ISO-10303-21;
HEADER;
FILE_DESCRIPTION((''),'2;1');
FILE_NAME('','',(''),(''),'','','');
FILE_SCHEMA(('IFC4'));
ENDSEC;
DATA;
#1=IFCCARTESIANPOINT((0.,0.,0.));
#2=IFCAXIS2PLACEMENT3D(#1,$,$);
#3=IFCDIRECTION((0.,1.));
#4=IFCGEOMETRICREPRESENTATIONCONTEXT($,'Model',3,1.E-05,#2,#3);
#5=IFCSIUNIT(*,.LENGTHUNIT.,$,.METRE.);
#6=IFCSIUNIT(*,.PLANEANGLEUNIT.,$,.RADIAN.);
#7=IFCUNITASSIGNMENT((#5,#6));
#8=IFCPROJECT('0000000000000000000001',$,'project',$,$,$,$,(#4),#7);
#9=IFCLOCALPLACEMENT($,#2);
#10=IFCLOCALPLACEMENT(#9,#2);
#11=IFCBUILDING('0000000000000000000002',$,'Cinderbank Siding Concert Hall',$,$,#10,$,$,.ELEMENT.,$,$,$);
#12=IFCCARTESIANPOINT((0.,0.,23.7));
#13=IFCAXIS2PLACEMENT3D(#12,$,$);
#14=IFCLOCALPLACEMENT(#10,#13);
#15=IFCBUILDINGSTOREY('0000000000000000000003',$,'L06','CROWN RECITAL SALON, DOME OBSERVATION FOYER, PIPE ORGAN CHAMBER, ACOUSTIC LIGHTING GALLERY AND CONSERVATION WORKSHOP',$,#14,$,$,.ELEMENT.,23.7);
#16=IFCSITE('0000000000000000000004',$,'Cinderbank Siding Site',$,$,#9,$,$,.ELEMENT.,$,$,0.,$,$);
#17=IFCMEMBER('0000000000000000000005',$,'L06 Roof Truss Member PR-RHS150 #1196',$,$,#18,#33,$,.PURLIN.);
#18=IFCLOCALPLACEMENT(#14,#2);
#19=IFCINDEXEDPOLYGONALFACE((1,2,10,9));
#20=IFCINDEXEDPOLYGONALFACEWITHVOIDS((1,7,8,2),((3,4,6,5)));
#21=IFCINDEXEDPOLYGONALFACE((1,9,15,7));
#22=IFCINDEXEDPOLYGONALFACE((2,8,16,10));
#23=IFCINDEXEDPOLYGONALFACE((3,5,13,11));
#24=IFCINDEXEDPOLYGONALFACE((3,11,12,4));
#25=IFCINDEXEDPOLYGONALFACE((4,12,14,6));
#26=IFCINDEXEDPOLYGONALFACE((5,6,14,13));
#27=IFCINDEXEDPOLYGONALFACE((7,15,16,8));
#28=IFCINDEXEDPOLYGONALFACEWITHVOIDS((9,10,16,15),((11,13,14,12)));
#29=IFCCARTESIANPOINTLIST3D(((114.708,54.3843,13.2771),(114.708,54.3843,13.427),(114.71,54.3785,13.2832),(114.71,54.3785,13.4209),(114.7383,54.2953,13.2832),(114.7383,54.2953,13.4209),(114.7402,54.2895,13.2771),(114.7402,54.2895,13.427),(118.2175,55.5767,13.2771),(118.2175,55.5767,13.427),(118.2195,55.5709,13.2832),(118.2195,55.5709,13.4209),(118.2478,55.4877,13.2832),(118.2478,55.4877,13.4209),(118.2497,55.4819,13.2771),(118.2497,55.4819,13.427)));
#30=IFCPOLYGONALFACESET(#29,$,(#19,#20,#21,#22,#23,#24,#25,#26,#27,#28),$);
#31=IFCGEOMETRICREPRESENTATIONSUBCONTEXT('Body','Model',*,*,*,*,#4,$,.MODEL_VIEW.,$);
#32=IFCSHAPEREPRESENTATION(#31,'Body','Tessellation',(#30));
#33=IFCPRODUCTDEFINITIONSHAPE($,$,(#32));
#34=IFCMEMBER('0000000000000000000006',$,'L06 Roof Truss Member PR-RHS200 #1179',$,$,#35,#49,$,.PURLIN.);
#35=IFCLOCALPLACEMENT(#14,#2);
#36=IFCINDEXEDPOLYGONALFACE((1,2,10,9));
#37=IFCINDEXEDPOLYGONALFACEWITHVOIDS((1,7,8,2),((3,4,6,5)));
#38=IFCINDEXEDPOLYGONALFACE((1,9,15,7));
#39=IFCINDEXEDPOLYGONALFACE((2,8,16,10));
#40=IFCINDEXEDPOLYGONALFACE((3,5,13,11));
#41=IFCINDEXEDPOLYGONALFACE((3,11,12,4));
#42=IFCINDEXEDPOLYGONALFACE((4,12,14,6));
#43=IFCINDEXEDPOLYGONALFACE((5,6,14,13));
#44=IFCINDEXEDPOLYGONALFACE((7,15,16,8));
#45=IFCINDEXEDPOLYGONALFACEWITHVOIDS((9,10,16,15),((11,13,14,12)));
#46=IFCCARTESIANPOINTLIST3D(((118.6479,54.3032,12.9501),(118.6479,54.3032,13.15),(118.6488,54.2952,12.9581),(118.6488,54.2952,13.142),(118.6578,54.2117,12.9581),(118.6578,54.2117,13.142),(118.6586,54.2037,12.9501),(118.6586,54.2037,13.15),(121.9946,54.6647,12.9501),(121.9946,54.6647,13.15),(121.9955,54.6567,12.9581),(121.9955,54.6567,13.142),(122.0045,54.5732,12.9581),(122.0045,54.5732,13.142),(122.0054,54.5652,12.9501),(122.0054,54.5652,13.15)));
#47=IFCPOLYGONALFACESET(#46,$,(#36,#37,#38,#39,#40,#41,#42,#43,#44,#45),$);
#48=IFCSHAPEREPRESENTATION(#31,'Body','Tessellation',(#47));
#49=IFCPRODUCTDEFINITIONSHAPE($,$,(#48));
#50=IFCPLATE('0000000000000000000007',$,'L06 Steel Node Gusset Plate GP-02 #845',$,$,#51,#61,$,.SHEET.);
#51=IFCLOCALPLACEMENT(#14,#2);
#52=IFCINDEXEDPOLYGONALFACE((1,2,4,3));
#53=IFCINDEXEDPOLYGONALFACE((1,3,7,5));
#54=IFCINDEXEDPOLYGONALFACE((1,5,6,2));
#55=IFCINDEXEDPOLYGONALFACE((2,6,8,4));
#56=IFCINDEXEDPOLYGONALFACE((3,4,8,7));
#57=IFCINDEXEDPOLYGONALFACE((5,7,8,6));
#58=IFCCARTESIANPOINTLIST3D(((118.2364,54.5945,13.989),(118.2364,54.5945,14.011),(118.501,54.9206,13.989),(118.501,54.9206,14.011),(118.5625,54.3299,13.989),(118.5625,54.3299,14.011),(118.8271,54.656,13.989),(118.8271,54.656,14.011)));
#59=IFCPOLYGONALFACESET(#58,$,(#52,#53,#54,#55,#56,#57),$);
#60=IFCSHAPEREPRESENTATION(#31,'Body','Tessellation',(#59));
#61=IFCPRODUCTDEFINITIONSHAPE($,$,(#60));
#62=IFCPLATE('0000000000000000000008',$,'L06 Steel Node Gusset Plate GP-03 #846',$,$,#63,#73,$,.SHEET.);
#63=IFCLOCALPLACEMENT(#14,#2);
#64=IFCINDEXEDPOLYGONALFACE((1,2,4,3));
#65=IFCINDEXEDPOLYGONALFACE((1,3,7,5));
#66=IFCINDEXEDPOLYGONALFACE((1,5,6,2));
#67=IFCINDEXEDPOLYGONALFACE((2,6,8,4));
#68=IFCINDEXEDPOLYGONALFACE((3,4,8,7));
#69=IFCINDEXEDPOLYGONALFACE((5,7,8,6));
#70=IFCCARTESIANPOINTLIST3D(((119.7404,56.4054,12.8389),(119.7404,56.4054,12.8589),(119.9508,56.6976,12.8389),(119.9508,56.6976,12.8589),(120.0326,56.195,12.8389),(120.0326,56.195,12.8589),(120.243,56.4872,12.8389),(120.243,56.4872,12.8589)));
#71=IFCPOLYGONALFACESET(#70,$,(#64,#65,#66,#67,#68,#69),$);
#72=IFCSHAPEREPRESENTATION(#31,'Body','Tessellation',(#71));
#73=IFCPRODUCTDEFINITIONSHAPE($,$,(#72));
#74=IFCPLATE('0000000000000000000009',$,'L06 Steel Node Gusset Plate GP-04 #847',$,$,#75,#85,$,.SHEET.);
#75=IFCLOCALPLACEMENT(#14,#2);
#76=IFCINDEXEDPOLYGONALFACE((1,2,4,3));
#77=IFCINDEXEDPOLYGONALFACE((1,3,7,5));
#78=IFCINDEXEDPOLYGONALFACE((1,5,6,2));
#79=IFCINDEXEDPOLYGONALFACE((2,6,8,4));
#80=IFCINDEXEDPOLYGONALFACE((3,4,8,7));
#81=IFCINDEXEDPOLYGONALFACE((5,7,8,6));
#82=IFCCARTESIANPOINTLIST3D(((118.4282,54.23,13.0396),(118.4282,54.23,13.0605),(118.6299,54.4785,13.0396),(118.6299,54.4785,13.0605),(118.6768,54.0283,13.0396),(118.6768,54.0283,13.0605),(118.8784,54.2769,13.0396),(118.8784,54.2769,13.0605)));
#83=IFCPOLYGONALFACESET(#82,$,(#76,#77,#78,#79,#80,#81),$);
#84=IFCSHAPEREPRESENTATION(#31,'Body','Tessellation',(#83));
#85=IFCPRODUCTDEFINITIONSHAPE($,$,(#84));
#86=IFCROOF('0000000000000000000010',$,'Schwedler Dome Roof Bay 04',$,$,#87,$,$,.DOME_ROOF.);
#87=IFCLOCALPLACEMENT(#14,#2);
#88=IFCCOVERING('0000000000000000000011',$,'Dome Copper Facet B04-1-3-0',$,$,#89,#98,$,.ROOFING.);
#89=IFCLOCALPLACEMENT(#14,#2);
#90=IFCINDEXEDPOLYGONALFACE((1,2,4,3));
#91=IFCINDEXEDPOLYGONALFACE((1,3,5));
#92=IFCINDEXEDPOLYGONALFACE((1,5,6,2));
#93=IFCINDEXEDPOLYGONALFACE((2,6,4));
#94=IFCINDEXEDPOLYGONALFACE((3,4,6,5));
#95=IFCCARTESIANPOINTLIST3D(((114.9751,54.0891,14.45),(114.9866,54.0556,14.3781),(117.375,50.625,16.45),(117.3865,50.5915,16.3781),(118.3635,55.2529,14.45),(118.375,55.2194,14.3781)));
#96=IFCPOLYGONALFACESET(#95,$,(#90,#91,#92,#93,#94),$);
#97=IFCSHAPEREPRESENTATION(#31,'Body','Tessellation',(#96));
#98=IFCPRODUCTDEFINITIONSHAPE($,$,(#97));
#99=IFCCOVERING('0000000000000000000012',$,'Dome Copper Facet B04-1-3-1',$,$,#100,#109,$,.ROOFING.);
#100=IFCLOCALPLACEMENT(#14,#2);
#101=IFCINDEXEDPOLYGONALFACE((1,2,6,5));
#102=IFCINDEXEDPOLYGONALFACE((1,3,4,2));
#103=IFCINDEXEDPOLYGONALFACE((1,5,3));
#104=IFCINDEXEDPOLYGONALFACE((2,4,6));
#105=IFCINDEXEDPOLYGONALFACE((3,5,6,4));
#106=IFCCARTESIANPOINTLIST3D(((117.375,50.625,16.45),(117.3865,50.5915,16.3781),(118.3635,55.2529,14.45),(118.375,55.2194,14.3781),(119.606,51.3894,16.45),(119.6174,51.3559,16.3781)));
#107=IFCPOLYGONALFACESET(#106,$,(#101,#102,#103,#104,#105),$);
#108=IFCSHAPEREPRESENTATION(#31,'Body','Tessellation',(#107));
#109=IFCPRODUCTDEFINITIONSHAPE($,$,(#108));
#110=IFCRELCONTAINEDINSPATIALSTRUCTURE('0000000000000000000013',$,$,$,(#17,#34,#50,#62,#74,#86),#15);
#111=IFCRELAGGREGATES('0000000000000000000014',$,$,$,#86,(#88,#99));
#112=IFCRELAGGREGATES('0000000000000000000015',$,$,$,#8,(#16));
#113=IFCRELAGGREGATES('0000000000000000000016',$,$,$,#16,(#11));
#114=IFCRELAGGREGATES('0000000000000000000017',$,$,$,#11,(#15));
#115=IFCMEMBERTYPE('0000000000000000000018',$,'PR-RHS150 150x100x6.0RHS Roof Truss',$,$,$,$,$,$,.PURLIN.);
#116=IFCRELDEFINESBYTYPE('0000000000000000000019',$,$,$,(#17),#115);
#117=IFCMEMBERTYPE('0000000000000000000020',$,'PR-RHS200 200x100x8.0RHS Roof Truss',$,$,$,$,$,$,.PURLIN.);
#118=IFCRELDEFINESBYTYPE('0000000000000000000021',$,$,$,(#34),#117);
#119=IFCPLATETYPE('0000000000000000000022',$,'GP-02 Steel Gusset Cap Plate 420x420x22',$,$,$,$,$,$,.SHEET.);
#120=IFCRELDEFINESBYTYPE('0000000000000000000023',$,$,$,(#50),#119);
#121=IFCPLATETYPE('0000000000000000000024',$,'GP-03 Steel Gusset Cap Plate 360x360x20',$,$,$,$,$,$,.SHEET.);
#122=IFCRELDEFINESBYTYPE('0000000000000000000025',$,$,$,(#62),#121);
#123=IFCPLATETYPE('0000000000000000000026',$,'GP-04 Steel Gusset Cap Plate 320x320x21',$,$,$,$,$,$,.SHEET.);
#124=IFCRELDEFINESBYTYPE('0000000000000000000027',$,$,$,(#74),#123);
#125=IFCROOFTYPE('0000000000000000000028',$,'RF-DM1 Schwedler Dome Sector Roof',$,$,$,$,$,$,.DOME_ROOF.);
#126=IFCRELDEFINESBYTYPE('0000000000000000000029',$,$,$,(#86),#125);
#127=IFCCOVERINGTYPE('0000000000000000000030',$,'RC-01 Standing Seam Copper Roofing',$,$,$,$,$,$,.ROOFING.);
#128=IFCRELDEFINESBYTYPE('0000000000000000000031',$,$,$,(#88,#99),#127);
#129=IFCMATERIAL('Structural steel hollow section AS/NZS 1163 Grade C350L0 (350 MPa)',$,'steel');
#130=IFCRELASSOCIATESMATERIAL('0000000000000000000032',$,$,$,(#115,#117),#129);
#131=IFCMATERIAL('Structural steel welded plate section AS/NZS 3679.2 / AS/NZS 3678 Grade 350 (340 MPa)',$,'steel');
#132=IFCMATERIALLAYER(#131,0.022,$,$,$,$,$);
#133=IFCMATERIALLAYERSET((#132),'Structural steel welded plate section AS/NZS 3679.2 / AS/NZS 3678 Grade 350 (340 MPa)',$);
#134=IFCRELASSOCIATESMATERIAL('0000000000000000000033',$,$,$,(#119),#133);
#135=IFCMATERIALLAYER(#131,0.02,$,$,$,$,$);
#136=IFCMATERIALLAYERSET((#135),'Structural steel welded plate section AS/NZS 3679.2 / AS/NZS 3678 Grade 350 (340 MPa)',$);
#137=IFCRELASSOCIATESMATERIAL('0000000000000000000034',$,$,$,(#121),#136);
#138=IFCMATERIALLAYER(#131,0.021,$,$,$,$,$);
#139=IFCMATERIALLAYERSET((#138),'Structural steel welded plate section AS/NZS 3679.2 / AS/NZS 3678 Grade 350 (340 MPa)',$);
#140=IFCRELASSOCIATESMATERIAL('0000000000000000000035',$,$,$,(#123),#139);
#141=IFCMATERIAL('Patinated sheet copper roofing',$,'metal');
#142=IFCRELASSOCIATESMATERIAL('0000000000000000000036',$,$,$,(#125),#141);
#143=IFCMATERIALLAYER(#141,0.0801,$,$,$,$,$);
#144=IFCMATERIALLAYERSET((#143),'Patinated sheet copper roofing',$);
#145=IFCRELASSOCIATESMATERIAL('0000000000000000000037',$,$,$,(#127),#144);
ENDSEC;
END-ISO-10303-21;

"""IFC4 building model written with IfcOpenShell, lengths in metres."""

from ifc_helpers import new_model, si_unit, direction, frame, origin, origin_2d, place, context, subcontext, project, spatial, polyline, rectangle, hollow_rectangle, outline, extrude, material, layer, layer_set, material_profile, profile_set, type_object, element, aggregate, save


model = new_model("IFC4")

# Units and contexts
model_context = context("Model", 3, precision=1e-05, world=origin(), true_north=direction((0.0, 1.0)))
body_context = subcontext(model_context, "Body", "Model", "MODEL_VIEW")
ifc_project = project(units=[si_unit("LENGTHUNIT", "METRE"), si_unit("PLANEANGLEUNIT", "RADIAN")], contexts=[model_context])

# Site, building, storey
site_placement = place(None, origin())
site = spatial("IfcSite", under=ifc_project, at=site_placement, Name="Cinderbank Siding Site", CompositionType="ELEMENT", RefElevation=0.0)
building_placement = place(site_placement, origin())
building = spatial("IfcBuilding", under=site, at=building_placement, Name="Cinderbank Siding Concert Hall", CompositionType="ELEMENT")
storey_placement = place(building_placement, frame((0.0, 0.0, 23.7)))
storey = spatial("IfcBuildingStorey", under=building, at=storey_placement, Name="L06", Description="CROWN RECITAL SALON, DOME OBSERVATION FOYER, PIPE ORGAN CHAMBER, ACOUSTIC LIGHTING GALLERY AND CONSERVATION WORKSHOP", CompositionType="ELEMENT", Elevation=23.7)

# Members
ifc_material_1 = material(Name="Structural steel hollow section AS/NZS 1163 Grade C350L0 (350 MPa)", Category="steel")
ifc_material_profile_1 = material_profile(ifc_material_1, hollow_rectangle(XDim=0.1001, YDim=0.1499, WallThickness=0.0061, at=origin_2d()), Name="150x100x6.0RHS", Category="LoadBearing")
ifc_profile_set_1 = profile_set([ifc_material_profile_1], Name="Structural steel hollow section AS/NZS 1163 Grade C350L0 (350 MPa)")
member_type_1 = type_object("IfcMemberType", Name="PR-RHS150 150x100x6.0RHS Roof Truss", PredefinedType="PURLIN", material=ifc_profile_set_1)
member_1_placement = place(storey_placement, frame((118.2336, 55.5293, 13.3521), z_axis=(-0.946843, -0.321696, 0.0), x_axis=(0.321696, -0.946843, 0.0)))
element("IfcMember", 1, at=member_1_placement, inside=storey, type_object=member_type_1, Name="L06 Roof Truss Member PR-RHS150 #1196", PredefinedType="PURLIN", context=body_context, shape_type="SweptSolid", body=[
    extrude(hollow_rectangle(XDim=0.1001, YDim=0.1499, WallThickness=0.0061, at=origin_2d()), origin(), (0.0, 0.0, 1.0), 3.7065),
])
ifc_material_profile_2 = material_profile(ifc_material_1, hollow_rectangle(XDim=0.1001, YDim=0.2, WallThickness=0.0081, at=origin_2d()), Name="200x100x8.0RHS", Category="LoadBearing")
ifc_profile_set_2 = profile_set([ifc_material_profile_2], Name="Structural steel hollow section AS/NZS 1163 Grade C350L0 (350 MPa)")
member_type_2 = type_object("IfcMemberType", Name="PR-RHS200 200x100x8.0RHS Roof Truss", PredefinedType="PURLIN", material=ifc_profile_set_2)
member_2_placement = place(storey_placement, frame((122.0, 54.615, 13.05), z_axis=(-0.994214, -0.107414, 0.0), x_axis=(0.107414, -0.994214, 0.0)))
element("IfcMember", 2, at=member_2_placement, inside=storey, type_object=member_type_2, Name="L06 Roof Truss Member PR-RHS200 #1179", PredefinedType="PURLIN", context=body_context, shape_type="SweptSolid", body=[
    extrude(hollow_rectangle(XDim=0.1001, YDim=0.2, WallThickness=0.0081, at=origin_2d()), origin(), (0.0, 0.0, 1.0), 3.3662),
])

# Plates
ifc_material_2 = material(Name="Structural steel welded plate section AS/NZS 3679.2 / AS/NZS 3678 Grade 350 (340 MPa)", Category="steel")
ifc_layer_1 = layer(ifc_material_2, 0.022)
ifc_layer_set_1 = layer_set([ifc_layer_1], Name="Structural steel welded plate section AS/NZS 3679.2 / AS/NZS 3678 Grade 350 (340 MPa)")
plate_type_1 = type_object("IfcPlateType", Name="GP-02 Steel Gusset Cap Plate 420x420x22", PredefinedType="SHEET", material=ifc_layer_set_1)
plate_1_placement = place(storey_placement, frame((118.5317, 54.6252, 13.989), z_axis=(0.0, 0.0, 1.0), x_axis=(-0.629998, -0.776596, 0.0)))
element("IfcPlate", 3, at=plate_1_placement, inside=storey, type_object=plate_type_1, Name="L06 Steel Node Gusset Plate GP-02 #845", PredefinedType="SHEET", context=body_context, shape_type="SweptSolid", body=[
    extrude(rectangle(XDim=0.4199, YDim=0.4199, at=origin_2d()), origin(), (0.0, 0.0, 1.0), 0.022),
])
ifc_layer_2 = layer(ifc_material_2, 0.02)
ifc_layer_set_2 = layer_set([ifc_layer_2], Name="Structural steel welded plate section AS/NZS 3679.2 / AS/NZS 3678 Grade 350 (340 MPa)")
plate_type_2 = type_object("IfcPlateType", Name="GP-03 Steel Gusset Cap Plate 360x360x20", PredefinedType="SHEET", material=ifc_layer_set_2)
plate_2_placement = place(storey_placement, frame((119.9917, 56.4463, 12.8389), z_axis=(0.0, 0.0, 1.0), x_axis=(0.811472, -0.584391, 0.0)))
element("IfcPlate", 4, at=plate_2_placement, inside=storey, type_object=plate_type_2, Name="L06 Steel Node Gusset Plate GP-03 #846", PredefinedType="SHEET", context=body_context, shape_type="SweptSolid", body=[
    extrude(rectangle(XDim=0.3601, YDim=0.3601, at=origin_2d()), origin(), (0.0, 0.0, 1.0), 0.02),
])
ifc_layer_3 = layer(ifc_material_2, 0.021)
ifc_layer_set_3 = layer_set([ifc_layer_3], Name="Structural steel welded plate section AS/NZS 3679.2 / AS/NZS 3678 Grade 350 (340 MPa)")
plate_type_3 = type_object("IfcPlateType", Name="GP-04 Steel Gusset Cap Plate 320x320x21", PredefinedType="SHEET", material=ifc_layer_set_3)
plate_3_placement = place(storey_placement, frame((118.6533, 54.2534, 13.0396), z_axis=(0.0, 0.0, 1.0), x_axis=(-0.629998, -0.776596, 0.0)))
element("IfcPlate", 5, at=plate_3_placement, inside=storey, type_object=plate_type_3, Name="L06 Steel Node Gusset Plate GP-04 #847", PredefinedType="SHEET", context=body_context, shape_type="SweptSolid", body=[
    extrude(rectangle(XDim=0.3201, YDim=0.3201, at=origin_2d()), origin(), (0.0, 0.0, 1.0), 0.021),
])

# Roof, coverings
ifc_material_3 = material(Name="Patinated sheet copper roofing", Category="metal")
roof_type = type_object("IfcRoofType", Name="RF-DM1 Schwedler Dome Sector Roof", PredefinedType="DOME_ROOF", material=ifc_material_3)
roof_placement = place(storey_placement, origin())
roof = element("IfcRoof", 6, at=roof_placement, inside=storey, type_object=roof_type, Name="Schwedler Dome Roof Bay 04", PredefinedType="DOME_ROOF")
ifc_layer_4 = layer(ifc_material_3, 0.0801)
ifc_layer_set_4 = layer_set([ifc_layer_4], Name="Patinated sheet copper roofing")
covering_type = type_object("IfcCoveringType", Name="RC-01 Standing Seam Copper Roofing", PredefinedType="ROOFING", material=ifc_layer_set_4)
covering_1_placement = place(storey_placement, frame((118.3635, 55.2529, 14.45), z_axis=(-0.143667, 0.418283, 0.896883), x_axis=(-0.945768, -0.324842, 0.0)))
covering_1 = element("IfcCovering", 7, at=covering_1_placement, type_object=covering_type, Name="Dome Copper Facet B04-1-3-0", PredefinedType="ROOFING", context=body_context, shape_type="SweptSolid", body=[
    extrude(outline(polyline([(0.0, 0.0), (3.5827, 0.0), (2.4383, 4.5221), (0.0, 0.0)])), origin(), (0.0, 0.0, -1.0), 0.0801),
])
covering_2_placement = place(storey_placement, frame((118.3635, 55.2529, 14.45), z_axis=(-0.143303, 0.418239, 0.896962), x_axis=(-0.19241, -0.900796, 0.389287)))
covering_2 = element("IfcCovering", 8, at=covering_2_placement, type_object=covering_type, Name="Dome Copper Facet B04-1-3-1", PredefinedType="ROOFING", context=body_context, shape_type="SweptSolid", body=[
    extrude(outline(polyline([(0.0, 0.0), (5.1376, 0.0), (4.0198, 2.0765), (0.0, 0.0)])), origin(), (0.0, 0.0, -1.0), 0.0801),
])
aggregate(roof, [covering_1, covering_2])

save(model, "model.ifc")
